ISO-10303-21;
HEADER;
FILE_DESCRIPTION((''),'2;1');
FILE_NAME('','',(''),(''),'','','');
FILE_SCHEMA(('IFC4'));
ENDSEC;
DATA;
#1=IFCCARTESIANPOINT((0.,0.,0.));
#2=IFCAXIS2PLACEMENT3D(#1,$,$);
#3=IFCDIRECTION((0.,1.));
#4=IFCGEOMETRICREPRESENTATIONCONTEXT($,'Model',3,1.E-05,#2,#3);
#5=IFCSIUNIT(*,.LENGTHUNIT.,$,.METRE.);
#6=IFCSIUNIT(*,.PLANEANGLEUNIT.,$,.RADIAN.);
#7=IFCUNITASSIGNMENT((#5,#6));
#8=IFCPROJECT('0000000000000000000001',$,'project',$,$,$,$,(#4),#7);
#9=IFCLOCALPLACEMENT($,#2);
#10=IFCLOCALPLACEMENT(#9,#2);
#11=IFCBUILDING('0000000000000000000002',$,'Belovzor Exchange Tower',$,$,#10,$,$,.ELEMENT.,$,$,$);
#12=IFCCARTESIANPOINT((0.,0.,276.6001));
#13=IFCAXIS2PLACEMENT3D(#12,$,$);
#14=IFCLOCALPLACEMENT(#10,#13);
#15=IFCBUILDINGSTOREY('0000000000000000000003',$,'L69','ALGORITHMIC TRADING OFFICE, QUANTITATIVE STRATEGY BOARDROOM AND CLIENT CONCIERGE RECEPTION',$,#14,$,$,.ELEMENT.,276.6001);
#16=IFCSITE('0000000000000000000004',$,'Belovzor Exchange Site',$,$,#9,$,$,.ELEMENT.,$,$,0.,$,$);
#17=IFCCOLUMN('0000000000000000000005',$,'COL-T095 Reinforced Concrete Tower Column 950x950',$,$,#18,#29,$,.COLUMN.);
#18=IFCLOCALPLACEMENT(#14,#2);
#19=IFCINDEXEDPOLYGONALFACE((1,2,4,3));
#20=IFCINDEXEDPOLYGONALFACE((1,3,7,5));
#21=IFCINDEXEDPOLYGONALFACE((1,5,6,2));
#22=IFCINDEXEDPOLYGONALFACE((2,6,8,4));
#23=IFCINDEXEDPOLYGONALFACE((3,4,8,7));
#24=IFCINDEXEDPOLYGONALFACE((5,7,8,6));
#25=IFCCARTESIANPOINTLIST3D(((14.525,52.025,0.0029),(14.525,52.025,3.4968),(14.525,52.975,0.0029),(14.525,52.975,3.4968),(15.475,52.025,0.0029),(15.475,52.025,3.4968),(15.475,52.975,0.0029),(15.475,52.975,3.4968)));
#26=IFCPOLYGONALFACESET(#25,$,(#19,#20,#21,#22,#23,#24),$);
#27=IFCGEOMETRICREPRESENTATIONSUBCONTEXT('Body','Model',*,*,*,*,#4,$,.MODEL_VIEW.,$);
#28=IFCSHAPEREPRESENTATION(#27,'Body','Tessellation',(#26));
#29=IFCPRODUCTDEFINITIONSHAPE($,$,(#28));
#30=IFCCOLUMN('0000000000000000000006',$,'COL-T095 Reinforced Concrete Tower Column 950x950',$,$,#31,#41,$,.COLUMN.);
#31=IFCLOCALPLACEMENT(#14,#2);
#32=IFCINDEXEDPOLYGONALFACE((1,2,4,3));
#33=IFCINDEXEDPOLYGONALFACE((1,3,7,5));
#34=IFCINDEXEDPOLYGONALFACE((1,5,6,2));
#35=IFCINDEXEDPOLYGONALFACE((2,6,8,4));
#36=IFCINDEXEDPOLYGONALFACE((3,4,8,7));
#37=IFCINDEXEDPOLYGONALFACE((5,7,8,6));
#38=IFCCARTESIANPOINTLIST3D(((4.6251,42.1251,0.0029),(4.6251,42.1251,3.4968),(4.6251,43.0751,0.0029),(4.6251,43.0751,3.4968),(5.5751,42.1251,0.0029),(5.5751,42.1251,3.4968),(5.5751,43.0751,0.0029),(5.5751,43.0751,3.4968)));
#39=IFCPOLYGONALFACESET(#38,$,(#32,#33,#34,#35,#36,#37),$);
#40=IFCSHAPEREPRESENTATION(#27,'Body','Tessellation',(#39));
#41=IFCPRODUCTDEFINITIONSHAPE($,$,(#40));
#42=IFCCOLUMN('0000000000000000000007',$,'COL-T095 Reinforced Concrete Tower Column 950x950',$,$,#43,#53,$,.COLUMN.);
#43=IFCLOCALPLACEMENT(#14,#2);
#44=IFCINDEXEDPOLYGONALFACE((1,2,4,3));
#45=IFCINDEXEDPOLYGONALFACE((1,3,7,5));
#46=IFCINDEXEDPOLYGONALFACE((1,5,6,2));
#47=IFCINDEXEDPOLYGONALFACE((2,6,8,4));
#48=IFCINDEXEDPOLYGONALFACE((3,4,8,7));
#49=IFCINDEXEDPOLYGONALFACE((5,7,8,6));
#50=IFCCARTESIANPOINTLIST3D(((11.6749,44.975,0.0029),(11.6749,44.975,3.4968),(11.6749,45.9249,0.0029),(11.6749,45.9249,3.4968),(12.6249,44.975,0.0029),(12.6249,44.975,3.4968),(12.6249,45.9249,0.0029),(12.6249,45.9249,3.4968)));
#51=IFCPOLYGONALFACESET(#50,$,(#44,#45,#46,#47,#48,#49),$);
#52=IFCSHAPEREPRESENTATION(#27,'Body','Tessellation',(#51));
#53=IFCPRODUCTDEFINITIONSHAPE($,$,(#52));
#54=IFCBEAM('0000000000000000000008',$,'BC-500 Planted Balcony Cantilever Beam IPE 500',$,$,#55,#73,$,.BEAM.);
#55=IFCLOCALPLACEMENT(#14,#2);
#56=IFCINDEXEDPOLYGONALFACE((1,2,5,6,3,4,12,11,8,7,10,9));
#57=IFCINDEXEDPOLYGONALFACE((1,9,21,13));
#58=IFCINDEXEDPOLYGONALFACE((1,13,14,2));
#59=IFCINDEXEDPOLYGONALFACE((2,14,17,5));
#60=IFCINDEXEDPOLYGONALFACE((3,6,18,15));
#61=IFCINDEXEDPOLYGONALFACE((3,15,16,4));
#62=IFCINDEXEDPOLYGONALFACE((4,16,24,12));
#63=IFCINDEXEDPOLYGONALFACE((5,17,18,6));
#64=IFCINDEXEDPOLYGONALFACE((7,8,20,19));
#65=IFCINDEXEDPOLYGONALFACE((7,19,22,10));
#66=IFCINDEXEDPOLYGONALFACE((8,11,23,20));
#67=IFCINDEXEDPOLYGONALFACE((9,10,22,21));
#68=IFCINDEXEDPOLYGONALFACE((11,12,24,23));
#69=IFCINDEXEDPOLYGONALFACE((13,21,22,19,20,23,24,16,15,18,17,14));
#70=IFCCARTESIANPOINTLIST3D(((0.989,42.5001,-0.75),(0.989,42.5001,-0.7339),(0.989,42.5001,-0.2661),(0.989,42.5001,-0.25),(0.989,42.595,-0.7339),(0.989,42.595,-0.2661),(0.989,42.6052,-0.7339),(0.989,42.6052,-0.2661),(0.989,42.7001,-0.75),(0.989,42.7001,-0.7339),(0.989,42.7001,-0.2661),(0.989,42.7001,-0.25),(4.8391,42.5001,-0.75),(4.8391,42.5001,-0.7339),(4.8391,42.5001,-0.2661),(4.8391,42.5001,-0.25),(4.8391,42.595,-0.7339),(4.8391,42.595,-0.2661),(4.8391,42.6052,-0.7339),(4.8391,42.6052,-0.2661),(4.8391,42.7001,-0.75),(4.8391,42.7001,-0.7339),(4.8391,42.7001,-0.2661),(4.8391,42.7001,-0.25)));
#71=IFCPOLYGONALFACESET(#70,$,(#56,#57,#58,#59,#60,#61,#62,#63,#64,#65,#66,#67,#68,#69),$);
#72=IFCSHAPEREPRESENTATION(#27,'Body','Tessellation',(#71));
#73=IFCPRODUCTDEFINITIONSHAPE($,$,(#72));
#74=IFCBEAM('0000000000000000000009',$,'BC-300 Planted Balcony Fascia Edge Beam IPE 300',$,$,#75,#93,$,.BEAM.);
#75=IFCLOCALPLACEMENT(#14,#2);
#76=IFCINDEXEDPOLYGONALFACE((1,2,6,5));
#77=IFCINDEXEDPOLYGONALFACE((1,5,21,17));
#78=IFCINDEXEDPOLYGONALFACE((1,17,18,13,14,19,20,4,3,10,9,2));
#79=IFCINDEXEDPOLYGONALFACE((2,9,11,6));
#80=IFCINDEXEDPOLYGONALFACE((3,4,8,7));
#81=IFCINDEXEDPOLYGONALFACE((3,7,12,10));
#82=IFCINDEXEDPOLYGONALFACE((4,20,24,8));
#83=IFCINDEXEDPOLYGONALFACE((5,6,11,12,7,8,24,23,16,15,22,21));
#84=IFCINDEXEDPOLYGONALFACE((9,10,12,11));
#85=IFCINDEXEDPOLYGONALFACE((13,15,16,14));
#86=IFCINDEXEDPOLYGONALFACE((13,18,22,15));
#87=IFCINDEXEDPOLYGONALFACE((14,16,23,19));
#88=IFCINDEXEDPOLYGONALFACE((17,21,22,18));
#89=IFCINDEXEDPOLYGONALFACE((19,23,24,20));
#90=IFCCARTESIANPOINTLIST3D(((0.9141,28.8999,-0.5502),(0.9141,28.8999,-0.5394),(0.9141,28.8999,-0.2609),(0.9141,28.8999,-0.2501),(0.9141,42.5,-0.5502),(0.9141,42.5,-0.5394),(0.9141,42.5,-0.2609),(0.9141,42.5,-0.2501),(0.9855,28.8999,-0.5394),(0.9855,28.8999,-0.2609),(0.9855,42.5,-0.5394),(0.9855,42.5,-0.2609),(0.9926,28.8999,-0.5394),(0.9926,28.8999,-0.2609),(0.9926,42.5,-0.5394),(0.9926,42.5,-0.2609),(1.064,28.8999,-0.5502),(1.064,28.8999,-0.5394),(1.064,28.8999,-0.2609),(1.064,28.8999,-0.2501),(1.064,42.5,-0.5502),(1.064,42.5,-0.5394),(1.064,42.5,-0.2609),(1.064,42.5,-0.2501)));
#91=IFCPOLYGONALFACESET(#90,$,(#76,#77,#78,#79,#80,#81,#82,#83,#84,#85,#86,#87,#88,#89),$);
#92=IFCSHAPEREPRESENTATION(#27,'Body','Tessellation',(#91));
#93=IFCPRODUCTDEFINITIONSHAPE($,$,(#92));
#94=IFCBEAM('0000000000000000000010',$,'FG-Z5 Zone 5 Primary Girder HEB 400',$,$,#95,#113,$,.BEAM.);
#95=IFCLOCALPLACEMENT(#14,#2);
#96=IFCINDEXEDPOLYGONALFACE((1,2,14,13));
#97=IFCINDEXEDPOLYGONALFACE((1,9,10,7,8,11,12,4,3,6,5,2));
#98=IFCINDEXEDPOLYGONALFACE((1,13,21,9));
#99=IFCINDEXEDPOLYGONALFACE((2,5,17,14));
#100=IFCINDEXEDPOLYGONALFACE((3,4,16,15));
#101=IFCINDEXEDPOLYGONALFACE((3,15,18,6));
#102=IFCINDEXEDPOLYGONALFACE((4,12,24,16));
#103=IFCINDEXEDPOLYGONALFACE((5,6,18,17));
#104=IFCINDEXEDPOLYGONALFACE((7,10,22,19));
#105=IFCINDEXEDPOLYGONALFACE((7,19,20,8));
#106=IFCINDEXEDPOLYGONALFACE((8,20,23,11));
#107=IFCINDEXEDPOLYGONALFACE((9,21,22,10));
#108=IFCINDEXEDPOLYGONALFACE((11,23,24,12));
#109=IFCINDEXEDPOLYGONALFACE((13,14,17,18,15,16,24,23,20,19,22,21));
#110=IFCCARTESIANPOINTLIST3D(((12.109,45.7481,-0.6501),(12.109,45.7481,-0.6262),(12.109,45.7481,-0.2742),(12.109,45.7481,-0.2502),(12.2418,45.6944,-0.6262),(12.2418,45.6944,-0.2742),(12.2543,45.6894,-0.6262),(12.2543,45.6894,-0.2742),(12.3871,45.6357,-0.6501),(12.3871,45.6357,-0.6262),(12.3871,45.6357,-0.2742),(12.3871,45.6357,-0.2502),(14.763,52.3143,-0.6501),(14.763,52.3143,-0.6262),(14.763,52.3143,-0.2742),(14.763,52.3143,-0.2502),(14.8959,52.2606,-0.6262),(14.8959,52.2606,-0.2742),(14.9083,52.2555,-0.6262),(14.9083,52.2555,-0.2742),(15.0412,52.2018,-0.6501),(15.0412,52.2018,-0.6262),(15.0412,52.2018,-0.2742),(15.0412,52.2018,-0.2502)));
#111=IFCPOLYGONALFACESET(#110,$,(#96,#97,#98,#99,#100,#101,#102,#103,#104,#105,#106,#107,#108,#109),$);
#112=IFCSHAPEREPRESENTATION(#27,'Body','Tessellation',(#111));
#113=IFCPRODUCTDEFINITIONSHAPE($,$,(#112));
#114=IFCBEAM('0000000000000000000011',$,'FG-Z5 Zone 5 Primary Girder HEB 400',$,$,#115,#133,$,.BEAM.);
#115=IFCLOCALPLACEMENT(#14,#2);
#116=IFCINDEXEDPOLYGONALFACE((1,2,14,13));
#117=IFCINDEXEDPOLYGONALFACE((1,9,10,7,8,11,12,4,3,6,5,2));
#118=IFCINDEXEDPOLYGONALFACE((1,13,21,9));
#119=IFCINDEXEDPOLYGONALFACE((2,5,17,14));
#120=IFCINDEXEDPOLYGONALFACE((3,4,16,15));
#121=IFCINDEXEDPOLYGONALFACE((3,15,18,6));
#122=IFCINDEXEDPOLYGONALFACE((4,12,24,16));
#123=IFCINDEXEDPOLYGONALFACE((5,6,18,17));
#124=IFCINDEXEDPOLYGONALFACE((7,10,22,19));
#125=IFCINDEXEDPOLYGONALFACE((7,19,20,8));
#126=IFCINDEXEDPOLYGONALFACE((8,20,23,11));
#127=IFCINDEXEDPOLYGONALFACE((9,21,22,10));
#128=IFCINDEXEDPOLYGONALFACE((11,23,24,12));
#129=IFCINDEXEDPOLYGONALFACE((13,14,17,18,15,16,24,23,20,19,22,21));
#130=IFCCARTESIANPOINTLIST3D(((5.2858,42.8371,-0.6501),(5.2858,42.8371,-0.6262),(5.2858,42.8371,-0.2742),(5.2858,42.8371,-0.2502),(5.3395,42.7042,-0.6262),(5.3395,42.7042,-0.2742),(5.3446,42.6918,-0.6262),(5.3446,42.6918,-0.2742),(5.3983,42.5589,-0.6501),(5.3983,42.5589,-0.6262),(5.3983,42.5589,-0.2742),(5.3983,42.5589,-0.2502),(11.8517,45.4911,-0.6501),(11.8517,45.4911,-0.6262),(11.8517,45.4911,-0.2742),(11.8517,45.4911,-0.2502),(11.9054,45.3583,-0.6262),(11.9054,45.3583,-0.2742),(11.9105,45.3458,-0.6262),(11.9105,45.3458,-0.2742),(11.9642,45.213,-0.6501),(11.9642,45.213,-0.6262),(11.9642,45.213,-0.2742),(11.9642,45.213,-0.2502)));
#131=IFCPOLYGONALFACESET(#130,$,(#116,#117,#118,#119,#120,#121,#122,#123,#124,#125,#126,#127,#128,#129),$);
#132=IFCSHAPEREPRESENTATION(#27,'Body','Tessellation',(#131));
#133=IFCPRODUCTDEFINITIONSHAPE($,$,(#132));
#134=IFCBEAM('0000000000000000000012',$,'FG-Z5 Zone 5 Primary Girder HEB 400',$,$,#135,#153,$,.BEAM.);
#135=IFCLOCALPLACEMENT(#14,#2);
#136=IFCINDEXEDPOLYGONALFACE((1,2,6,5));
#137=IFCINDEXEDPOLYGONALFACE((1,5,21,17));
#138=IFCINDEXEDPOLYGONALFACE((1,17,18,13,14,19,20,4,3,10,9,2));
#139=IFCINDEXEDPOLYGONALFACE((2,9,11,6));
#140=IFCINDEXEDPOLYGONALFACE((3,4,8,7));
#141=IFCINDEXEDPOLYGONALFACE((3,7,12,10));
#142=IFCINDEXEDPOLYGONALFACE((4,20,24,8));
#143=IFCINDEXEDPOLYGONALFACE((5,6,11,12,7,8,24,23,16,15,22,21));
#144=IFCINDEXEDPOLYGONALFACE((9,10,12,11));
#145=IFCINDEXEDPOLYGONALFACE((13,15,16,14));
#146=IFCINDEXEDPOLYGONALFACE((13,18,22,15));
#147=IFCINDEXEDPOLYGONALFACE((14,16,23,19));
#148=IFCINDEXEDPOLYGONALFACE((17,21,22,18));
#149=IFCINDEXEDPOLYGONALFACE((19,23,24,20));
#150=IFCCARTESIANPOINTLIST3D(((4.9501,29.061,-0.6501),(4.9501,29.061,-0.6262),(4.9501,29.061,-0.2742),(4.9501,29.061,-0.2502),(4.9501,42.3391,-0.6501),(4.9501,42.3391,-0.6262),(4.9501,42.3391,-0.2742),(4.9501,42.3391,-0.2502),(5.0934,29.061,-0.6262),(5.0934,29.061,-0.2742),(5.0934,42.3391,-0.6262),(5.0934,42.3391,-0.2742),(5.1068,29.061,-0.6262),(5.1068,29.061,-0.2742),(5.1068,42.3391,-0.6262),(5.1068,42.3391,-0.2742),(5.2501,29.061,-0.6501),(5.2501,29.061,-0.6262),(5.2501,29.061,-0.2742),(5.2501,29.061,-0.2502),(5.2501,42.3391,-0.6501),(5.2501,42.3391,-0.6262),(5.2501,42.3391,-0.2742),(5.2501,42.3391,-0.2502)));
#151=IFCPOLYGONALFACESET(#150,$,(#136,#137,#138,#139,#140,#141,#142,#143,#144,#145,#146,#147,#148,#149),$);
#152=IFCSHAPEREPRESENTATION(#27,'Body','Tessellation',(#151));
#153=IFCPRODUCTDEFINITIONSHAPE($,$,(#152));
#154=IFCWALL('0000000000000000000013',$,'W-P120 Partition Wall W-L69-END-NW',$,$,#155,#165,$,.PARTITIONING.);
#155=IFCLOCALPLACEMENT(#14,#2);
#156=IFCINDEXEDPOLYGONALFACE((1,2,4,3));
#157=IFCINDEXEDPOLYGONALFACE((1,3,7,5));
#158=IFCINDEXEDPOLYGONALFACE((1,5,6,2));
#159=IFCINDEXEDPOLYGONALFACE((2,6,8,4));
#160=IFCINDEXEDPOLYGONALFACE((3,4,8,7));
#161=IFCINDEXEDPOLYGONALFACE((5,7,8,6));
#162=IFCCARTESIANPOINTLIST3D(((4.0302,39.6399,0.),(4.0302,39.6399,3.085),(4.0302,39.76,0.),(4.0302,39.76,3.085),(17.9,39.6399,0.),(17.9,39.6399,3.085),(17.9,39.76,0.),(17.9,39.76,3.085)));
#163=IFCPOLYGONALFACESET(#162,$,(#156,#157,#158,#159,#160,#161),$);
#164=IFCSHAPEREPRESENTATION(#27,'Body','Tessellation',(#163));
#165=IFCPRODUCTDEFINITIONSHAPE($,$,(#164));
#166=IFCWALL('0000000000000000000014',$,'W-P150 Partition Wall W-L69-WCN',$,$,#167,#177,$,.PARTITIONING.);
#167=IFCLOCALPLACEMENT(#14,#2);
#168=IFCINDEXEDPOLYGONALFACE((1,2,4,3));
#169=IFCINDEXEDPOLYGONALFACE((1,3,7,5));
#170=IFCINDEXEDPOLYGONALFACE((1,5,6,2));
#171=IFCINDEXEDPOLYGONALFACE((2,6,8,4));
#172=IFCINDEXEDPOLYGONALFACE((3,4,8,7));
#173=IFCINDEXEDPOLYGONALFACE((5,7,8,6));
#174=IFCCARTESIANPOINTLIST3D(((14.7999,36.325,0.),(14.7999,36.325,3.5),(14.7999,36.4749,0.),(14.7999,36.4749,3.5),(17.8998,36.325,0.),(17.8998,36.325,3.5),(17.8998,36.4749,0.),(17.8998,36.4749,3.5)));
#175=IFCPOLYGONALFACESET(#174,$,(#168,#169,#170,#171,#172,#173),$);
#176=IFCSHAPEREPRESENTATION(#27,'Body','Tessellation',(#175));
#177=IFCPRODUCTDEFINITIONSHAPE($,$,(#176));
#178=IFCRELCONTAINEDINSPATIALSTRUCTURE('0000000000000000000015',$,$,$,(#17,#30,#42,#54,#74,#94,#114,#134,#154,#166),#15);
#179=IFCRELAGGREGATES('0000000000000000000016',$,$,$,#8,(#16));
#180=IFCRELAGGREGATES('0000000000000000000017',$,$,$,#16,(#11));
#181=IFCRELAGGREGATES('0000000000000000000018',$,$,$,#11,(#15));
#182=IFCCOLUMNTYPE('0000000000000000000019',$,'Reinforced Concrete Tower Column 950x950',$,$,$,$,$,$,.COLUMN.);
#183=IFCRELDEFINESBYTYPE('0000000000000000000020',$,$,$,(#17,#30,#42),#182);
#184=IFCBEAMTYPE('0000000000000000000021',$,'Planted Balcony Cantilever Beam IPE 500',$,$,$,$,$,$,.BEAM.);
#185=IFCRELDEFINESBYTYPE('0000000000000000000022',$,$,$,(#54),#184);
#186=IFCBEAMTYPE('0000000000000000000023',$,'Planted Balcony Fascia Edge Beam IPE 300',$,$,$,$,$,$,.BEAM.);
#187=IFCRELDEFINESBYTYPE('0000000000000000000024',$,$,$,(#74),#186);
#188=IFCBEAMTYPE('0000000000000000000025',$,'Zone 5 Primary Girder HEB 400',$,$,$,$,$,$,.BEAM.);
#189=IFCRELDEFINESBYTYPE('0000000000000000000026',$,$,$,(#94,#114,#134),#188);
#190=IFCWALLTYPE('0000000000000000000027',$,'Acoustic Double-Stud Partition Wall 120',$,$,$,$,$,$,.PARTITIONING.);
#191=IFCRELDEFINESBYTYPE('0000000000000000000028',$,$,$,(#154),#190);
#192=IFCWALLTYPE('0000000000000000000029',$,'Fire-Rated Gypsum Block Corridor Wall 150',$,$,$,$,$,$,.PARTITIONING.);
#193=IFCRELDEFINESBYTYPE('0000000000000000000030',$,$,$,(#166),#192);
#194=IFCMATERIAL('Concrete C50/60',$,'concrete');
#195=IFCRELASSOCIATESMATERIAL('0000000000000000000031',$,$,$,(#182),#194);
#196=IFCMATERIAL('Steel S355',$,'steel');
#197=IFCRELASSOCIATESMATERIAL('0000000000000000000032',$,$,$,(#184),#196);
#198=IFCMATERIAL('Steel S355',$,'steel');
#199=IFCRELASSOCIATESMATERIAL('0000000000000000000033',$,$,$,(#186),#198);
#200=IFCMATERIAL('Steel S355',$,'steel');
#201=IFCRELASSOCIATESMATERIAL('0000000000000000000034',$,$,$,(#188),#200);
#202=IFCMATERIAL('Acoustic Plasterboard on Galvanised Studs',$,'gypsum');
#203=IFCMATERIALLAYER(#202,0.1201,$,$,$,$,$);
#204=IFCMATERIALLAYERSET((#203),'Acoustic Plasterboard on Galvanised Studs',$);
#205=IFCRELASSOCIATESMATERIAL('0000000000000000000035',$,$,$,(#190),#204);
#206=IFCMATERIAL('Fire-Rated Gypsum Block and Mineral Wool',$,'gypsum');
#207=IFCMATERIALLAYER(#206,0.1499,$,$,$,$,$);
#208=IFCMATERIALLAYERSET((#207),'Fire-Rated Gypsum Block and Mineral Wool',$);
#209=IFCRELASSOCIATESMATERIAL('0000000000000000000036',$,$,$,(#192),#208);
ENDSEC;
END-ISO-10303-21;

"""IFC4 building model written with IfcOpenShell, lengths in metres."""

from ifc_helpers import new_model, si_unit, direction, frame, frame_2d, origin, origin_2d, place, context, subcontext, project, spatial, rectangle, i_section, extrude, material, layer, layer_set, material_profile, profile_set, type_object, element, save


model = new_model("IFC4")

# Units and contexts
model_context = context("Model", 3, precision=1e-05, world=origin(), true_north=direction((0.0, 1.0)))
body_context = subcontext(model_context, "Body", "Model", "MODEL_VIEW")
ifc_project = project(units=[si_unit("LENGTHUNIT", "METRE"), si_unit("PLANEANGLEUNIT", "RADIAN")], contexts=[model_context])

# Site, building, storey
site_placement = place(None, origin())
site = spatial("IfcSite", under=ifc_project, at=site_placement, Name="Belovzor Exchange Site", CompositionType="ELEMENT", RefElevation=0.0)
building_placement = place(site_placement, origin())
building = spatial("IfcBuilding", under=site, at=building_placement, Name="Belovzor Exchange Tower", CompositionType="ELEMENT")
storey_placement = place(building_placement, frame((0.0, 0.0, 276.6001)))
storey = spatial("IfcBuildingStorey", under=building, at=storey_placement, Name="L69", Description="ALGORITHMIC TRADING OFFICE, QUANTITATIVE STRATEGY BOARDROOM AND CLIENT CONCIERGE RECEPTION", CompositionType="ELEMENT", Elevation=276.6001)

# Columns
ifc_material_1 = material(Name="Concrete C50/60", Category="concrete")
ifc_material_profile_1 = material_profile(ifc_material_1, rectangle(XDim=0.95, YDim=0.95, at=origin_2d()))
ifc_profile_set_1 = profile_set([ifc_material_profile_1], Name="Concrete C50/60")
column_type = type_object("IfcColumnType", Name="Reinforced Concrete Tower Column 950x950", PredefinedType="COLUMN", material=ifc_profile_set_1)
for number, where, z_axis, x_axis, name in (
    (1, (15.0, 52.5, 0.0029), (0.0, 0.0, 1.0), (1.0, 0.0, 0.0), "COL-T095 Reinforced Concrete Tower Column 950x950"),
    (2, (5.1001, 42.6001, 0.0029), (0.0, 0.0, 1.0), (1.0, 0.0, 0.0), "COL-T095 Reinforced Concrete Tower Column 950x950"),
    (3, (12.1499, 45.45, 0.0029), (0.0, 0.0, 1.0), (1.0, 0.0, 0.0), "COL-T095 Reinforced Concrete Tower Column 950x950"),
):
    element("IfcColumn", number, at=place(storey_placement, frame(where, z_axis=z_axis, x_axis=x_axis)), inside=storey, type_object=column_type, Name=name, PredefinedType="COLUMN", context=body_context, shape_type="SweptSolid", body=[
        extrude(rectangle(XDim=0.95, YDim=0.95, at=origin_2d()), origin(), (0.0, 0.0, 1.0), 3.4939),
    ])

# Beams
ifc_material_2 = material(Name="Steel S355", Category="steel")
ifc_material_profile_2 = material_profile(ifc_material_2, i_section(OverallWidth=0.2, OverallDepth=0.5, WebThickness=0.0103, FlangeThickness=0.0161, at=origin_2d()))
ifc_profile_set_2 = profile_set([ifc_material_profile_2], Name="Steel S355")
beam_type_1 = type_object("IfcBeamType", Name="Planted Balcony Cantilever Beam IPE 500", PredefinedType="BEAM", material=ifc_profile_set_2)
beam_1_placement = place(storey_placement, frame((4.8391, 42.6001, -0.5), z_axis=(-1.0, 0.0, 0.0), x_axis=(0.0, -1.0, 0.0)))
element("IfcBeam", 4, at=beam_1_placement, inside=storey, type_object=beam_type_1, Name="BC-500 Planted Balcony Cantilever Beam IPE 500", PredefinedType="BEAM", context=body_context, shape_type="SweptSolid", body=[
    extrude(i_section(OverallWidth=0.2, OverallDepth=0.5, WebThickness=0.0103, FlangeThickness=0.0161, at=origin_2d()), origin(), (0.0, 0.0, 1.0), 3.8501),
])
ifc_material_3 = material(Name="Steel S355", Category="steel")
ifc_material_profile_3 = material_profile(ifc_material_3, i_section(OverallWidth=0.1499, OverallDepth=0.3, WebThickness=0.0071, FlangeThickness=0.0107, at=origin_2d()))
ifc_profile_set_3 = profile_set([ifc_material_profile_3], Name="Steel S355")
beam_type_2 = type_object("IfcBeamType", Name="Planted Balcony Fascia Edge Beam IPE 300", PredefinedType="BEAM", material=ifc_profile_set_3)
beam_2_placement = place(storey_placement, frame((0.989, 42.5, -0.4001), z_axis=(0.0, -1.0, 0.0), x_axis=(1.0, 0.0, 0.0)))
element("IfcBeam", 5, at=beam_2_placement, inside=storey, type_object=beam_type_2, Name="BC-300 Planted Balcony Fascia Edge Beam IPE 300", PredefinedType="BEAM", context=body_context, shape_type="SweptSolid", body=[
    extrude(i_section(OverallWidth=0.1499, OverallDepth=0.3, WebThickness=0.0071, FlangeThickness=0.0107, at=origin_2d()), origin(), (0.0, 0.0, 1.0), 13.6001),
])
ifc_material_4 = material(Name="Steel S355", Category="steel")
ifc_material_profile_4 = material_profile(ifc_material_4, i_section(OverallWidth=0.3, OverallDepth=0.3999, WebThickness=0.0134, FlangeThickness=0.0239, at=origin_2d()))
ifc_profile_set_4 = profile_set([ifc_material_profile_4], Name="Steel S355")
beam_type_3 = type_object("IfcBeamType", Name="Zone 5 Primary Girder HEB 400", PredefinedType="BEAM", material=ifc_profile_set_4)
beam_3_placement = place(storey_placement, frame((14.9021, 52.2581, -0.4502), z_axis=(-0.374746, -0.927127, 0.0), x_axis=(0.927127, -0.374746, 0.0)))
element("IfcBeam", 6, at=beam_3_placement, inside=storey, type_object=beam_type_3, Name="FG-Z5 Zone 5 Primary Girder HEB 400", PredefinedType="BEAM", context=body_context, shape_type="SweptSolid", body=[
    extrude(i_section(OverallWidth=0.3, OverallDepth=0.3999, WebThickness=0.0134, FlangeThickness=0.0239, at=origin_2d()), origin(), (0.0, 0.0, 1.0), 7.0823),
])
beam_4_placement = place(storey_placement, frame((11.908, 45.3521, -0.4502), z_axis=(-0.927123, -0.374758, 0.0), x_axis=(0.374758, -0.927123, 0.0)))
element("IfcBeam", 7, at=beam_4_placement, inside=storey, type_object=beam_type_3, Name="FG-Z5 Zone 5 Primary Girder HEB 400", PredefinedType="BEAM", context=body_context, shape_type="SweptSolid", body=[
    extrude(i_section(OverallWidth=0.3, OverallDepth=0.3999, WebThickness=0.0134, FlangeThickness=0.0239, at=origin_2d()), origin(), (0.0, 0.0, 1.0), 7.082),
])
beam_5_placement = place(storey_placement, frame((5.1001, 42.3391, -0.4502), z_axis=(0.0, -1.0, 0.0), x_axis=(1.0, 0.0, 0.0)))
element("IfcBeam", 8, at=beam_5_placement, inside=storey, type_object=beam_type_3, Name="FG-Z5 Zone 5 Primary Girder HEB 400", PredefinedType="BEAM", context=body_context, shape_type="SweptSolid", body=[
    extrude(i_section(OverallWidth=0.3, OverallDepth=0.3999, WebThickness=0.0134, FlangeThickness=0.0239, at=origin_2d()), origin(), (0.0, 0.0, 1.0), 13.2781),
])

# Walls
ifc_material_5 = material(Name="Acoustic Plasterboard on Galvanised Studs", Category="gypsum")
ifc_layer_1 = layer(ifc_material_5, 0.1201)
ifc_layer_set_1 = layer_set([ifc_layer_1], Name="Acoustic Plasterboard on Galvanised Studs")
wall_type_1 = type_object("IfcWallType", Name="Acoustic Double-Stud Partition Wall 120", PredefinedType="PARTITIONING", material=ifc_layer_set_1)
wall_1_placement = place(storey_placement, frame((4.03, 39.7, 0.0), z_axis=(0.0, 0.0, 1.0), x_axis=(1.0, 0.0, 0.0)))
element("IfcWall", 9, at=wall_1_placement, inside=storey, type_object=wall_type_1, Name="W-P120 Partition Wall W-L69-END-NW", PredefinedType="PARTITIONING", context=body_context, shape_type="SweptSolid", body=[
    extrude(rectangle(XDim=13.8699, YDim=0.1201, at=frame_2d((6.9351, 0.0))), origin(), (0.0, 0.0, 1.0), 3.085),
])
ifc_material_6 = material(Name="Fire-Rated Gypsum Block and Mineral Wool", Category="gypsum")
ifc_layer_2 = layer(ifc_material_6, 0.1499)
ifc_layer_set_2 = layer_set([ifc_layer_2], Name="Fire-Rated Gypsum Block and Mineral Wool")
wall_type_2 = type_object("IfcWallType", Name="Fire-Rated Gypsum Block Corridor Wall 150", PredefinedType="PARTITIONING", material=ifc_layer_set_2)
wall_2_placement = place(storey_placement, frame((14.8, 36.3999, 0.0), z_axis=(0.0, 0.0, 1.0), x_axis=(1.0, 0.0, 0.0)))
element("IfcWall", 10, at=wall_2_placement, inside=storey, type_object=wall_type_2, Name="W-P150 Partition Wall W-L69-WCN", PredefinedType="PARTITIONING", context=body_context, shape_type="SweptSolid", body=[
    extrude(rectangle(XDim=3.0999, YDim=0.1499, at=frame_2d((1.5498, 0.0))), origin(), (0.0, 0.0, 1.0), 3.5),
])

save(model, "model.ifc")
